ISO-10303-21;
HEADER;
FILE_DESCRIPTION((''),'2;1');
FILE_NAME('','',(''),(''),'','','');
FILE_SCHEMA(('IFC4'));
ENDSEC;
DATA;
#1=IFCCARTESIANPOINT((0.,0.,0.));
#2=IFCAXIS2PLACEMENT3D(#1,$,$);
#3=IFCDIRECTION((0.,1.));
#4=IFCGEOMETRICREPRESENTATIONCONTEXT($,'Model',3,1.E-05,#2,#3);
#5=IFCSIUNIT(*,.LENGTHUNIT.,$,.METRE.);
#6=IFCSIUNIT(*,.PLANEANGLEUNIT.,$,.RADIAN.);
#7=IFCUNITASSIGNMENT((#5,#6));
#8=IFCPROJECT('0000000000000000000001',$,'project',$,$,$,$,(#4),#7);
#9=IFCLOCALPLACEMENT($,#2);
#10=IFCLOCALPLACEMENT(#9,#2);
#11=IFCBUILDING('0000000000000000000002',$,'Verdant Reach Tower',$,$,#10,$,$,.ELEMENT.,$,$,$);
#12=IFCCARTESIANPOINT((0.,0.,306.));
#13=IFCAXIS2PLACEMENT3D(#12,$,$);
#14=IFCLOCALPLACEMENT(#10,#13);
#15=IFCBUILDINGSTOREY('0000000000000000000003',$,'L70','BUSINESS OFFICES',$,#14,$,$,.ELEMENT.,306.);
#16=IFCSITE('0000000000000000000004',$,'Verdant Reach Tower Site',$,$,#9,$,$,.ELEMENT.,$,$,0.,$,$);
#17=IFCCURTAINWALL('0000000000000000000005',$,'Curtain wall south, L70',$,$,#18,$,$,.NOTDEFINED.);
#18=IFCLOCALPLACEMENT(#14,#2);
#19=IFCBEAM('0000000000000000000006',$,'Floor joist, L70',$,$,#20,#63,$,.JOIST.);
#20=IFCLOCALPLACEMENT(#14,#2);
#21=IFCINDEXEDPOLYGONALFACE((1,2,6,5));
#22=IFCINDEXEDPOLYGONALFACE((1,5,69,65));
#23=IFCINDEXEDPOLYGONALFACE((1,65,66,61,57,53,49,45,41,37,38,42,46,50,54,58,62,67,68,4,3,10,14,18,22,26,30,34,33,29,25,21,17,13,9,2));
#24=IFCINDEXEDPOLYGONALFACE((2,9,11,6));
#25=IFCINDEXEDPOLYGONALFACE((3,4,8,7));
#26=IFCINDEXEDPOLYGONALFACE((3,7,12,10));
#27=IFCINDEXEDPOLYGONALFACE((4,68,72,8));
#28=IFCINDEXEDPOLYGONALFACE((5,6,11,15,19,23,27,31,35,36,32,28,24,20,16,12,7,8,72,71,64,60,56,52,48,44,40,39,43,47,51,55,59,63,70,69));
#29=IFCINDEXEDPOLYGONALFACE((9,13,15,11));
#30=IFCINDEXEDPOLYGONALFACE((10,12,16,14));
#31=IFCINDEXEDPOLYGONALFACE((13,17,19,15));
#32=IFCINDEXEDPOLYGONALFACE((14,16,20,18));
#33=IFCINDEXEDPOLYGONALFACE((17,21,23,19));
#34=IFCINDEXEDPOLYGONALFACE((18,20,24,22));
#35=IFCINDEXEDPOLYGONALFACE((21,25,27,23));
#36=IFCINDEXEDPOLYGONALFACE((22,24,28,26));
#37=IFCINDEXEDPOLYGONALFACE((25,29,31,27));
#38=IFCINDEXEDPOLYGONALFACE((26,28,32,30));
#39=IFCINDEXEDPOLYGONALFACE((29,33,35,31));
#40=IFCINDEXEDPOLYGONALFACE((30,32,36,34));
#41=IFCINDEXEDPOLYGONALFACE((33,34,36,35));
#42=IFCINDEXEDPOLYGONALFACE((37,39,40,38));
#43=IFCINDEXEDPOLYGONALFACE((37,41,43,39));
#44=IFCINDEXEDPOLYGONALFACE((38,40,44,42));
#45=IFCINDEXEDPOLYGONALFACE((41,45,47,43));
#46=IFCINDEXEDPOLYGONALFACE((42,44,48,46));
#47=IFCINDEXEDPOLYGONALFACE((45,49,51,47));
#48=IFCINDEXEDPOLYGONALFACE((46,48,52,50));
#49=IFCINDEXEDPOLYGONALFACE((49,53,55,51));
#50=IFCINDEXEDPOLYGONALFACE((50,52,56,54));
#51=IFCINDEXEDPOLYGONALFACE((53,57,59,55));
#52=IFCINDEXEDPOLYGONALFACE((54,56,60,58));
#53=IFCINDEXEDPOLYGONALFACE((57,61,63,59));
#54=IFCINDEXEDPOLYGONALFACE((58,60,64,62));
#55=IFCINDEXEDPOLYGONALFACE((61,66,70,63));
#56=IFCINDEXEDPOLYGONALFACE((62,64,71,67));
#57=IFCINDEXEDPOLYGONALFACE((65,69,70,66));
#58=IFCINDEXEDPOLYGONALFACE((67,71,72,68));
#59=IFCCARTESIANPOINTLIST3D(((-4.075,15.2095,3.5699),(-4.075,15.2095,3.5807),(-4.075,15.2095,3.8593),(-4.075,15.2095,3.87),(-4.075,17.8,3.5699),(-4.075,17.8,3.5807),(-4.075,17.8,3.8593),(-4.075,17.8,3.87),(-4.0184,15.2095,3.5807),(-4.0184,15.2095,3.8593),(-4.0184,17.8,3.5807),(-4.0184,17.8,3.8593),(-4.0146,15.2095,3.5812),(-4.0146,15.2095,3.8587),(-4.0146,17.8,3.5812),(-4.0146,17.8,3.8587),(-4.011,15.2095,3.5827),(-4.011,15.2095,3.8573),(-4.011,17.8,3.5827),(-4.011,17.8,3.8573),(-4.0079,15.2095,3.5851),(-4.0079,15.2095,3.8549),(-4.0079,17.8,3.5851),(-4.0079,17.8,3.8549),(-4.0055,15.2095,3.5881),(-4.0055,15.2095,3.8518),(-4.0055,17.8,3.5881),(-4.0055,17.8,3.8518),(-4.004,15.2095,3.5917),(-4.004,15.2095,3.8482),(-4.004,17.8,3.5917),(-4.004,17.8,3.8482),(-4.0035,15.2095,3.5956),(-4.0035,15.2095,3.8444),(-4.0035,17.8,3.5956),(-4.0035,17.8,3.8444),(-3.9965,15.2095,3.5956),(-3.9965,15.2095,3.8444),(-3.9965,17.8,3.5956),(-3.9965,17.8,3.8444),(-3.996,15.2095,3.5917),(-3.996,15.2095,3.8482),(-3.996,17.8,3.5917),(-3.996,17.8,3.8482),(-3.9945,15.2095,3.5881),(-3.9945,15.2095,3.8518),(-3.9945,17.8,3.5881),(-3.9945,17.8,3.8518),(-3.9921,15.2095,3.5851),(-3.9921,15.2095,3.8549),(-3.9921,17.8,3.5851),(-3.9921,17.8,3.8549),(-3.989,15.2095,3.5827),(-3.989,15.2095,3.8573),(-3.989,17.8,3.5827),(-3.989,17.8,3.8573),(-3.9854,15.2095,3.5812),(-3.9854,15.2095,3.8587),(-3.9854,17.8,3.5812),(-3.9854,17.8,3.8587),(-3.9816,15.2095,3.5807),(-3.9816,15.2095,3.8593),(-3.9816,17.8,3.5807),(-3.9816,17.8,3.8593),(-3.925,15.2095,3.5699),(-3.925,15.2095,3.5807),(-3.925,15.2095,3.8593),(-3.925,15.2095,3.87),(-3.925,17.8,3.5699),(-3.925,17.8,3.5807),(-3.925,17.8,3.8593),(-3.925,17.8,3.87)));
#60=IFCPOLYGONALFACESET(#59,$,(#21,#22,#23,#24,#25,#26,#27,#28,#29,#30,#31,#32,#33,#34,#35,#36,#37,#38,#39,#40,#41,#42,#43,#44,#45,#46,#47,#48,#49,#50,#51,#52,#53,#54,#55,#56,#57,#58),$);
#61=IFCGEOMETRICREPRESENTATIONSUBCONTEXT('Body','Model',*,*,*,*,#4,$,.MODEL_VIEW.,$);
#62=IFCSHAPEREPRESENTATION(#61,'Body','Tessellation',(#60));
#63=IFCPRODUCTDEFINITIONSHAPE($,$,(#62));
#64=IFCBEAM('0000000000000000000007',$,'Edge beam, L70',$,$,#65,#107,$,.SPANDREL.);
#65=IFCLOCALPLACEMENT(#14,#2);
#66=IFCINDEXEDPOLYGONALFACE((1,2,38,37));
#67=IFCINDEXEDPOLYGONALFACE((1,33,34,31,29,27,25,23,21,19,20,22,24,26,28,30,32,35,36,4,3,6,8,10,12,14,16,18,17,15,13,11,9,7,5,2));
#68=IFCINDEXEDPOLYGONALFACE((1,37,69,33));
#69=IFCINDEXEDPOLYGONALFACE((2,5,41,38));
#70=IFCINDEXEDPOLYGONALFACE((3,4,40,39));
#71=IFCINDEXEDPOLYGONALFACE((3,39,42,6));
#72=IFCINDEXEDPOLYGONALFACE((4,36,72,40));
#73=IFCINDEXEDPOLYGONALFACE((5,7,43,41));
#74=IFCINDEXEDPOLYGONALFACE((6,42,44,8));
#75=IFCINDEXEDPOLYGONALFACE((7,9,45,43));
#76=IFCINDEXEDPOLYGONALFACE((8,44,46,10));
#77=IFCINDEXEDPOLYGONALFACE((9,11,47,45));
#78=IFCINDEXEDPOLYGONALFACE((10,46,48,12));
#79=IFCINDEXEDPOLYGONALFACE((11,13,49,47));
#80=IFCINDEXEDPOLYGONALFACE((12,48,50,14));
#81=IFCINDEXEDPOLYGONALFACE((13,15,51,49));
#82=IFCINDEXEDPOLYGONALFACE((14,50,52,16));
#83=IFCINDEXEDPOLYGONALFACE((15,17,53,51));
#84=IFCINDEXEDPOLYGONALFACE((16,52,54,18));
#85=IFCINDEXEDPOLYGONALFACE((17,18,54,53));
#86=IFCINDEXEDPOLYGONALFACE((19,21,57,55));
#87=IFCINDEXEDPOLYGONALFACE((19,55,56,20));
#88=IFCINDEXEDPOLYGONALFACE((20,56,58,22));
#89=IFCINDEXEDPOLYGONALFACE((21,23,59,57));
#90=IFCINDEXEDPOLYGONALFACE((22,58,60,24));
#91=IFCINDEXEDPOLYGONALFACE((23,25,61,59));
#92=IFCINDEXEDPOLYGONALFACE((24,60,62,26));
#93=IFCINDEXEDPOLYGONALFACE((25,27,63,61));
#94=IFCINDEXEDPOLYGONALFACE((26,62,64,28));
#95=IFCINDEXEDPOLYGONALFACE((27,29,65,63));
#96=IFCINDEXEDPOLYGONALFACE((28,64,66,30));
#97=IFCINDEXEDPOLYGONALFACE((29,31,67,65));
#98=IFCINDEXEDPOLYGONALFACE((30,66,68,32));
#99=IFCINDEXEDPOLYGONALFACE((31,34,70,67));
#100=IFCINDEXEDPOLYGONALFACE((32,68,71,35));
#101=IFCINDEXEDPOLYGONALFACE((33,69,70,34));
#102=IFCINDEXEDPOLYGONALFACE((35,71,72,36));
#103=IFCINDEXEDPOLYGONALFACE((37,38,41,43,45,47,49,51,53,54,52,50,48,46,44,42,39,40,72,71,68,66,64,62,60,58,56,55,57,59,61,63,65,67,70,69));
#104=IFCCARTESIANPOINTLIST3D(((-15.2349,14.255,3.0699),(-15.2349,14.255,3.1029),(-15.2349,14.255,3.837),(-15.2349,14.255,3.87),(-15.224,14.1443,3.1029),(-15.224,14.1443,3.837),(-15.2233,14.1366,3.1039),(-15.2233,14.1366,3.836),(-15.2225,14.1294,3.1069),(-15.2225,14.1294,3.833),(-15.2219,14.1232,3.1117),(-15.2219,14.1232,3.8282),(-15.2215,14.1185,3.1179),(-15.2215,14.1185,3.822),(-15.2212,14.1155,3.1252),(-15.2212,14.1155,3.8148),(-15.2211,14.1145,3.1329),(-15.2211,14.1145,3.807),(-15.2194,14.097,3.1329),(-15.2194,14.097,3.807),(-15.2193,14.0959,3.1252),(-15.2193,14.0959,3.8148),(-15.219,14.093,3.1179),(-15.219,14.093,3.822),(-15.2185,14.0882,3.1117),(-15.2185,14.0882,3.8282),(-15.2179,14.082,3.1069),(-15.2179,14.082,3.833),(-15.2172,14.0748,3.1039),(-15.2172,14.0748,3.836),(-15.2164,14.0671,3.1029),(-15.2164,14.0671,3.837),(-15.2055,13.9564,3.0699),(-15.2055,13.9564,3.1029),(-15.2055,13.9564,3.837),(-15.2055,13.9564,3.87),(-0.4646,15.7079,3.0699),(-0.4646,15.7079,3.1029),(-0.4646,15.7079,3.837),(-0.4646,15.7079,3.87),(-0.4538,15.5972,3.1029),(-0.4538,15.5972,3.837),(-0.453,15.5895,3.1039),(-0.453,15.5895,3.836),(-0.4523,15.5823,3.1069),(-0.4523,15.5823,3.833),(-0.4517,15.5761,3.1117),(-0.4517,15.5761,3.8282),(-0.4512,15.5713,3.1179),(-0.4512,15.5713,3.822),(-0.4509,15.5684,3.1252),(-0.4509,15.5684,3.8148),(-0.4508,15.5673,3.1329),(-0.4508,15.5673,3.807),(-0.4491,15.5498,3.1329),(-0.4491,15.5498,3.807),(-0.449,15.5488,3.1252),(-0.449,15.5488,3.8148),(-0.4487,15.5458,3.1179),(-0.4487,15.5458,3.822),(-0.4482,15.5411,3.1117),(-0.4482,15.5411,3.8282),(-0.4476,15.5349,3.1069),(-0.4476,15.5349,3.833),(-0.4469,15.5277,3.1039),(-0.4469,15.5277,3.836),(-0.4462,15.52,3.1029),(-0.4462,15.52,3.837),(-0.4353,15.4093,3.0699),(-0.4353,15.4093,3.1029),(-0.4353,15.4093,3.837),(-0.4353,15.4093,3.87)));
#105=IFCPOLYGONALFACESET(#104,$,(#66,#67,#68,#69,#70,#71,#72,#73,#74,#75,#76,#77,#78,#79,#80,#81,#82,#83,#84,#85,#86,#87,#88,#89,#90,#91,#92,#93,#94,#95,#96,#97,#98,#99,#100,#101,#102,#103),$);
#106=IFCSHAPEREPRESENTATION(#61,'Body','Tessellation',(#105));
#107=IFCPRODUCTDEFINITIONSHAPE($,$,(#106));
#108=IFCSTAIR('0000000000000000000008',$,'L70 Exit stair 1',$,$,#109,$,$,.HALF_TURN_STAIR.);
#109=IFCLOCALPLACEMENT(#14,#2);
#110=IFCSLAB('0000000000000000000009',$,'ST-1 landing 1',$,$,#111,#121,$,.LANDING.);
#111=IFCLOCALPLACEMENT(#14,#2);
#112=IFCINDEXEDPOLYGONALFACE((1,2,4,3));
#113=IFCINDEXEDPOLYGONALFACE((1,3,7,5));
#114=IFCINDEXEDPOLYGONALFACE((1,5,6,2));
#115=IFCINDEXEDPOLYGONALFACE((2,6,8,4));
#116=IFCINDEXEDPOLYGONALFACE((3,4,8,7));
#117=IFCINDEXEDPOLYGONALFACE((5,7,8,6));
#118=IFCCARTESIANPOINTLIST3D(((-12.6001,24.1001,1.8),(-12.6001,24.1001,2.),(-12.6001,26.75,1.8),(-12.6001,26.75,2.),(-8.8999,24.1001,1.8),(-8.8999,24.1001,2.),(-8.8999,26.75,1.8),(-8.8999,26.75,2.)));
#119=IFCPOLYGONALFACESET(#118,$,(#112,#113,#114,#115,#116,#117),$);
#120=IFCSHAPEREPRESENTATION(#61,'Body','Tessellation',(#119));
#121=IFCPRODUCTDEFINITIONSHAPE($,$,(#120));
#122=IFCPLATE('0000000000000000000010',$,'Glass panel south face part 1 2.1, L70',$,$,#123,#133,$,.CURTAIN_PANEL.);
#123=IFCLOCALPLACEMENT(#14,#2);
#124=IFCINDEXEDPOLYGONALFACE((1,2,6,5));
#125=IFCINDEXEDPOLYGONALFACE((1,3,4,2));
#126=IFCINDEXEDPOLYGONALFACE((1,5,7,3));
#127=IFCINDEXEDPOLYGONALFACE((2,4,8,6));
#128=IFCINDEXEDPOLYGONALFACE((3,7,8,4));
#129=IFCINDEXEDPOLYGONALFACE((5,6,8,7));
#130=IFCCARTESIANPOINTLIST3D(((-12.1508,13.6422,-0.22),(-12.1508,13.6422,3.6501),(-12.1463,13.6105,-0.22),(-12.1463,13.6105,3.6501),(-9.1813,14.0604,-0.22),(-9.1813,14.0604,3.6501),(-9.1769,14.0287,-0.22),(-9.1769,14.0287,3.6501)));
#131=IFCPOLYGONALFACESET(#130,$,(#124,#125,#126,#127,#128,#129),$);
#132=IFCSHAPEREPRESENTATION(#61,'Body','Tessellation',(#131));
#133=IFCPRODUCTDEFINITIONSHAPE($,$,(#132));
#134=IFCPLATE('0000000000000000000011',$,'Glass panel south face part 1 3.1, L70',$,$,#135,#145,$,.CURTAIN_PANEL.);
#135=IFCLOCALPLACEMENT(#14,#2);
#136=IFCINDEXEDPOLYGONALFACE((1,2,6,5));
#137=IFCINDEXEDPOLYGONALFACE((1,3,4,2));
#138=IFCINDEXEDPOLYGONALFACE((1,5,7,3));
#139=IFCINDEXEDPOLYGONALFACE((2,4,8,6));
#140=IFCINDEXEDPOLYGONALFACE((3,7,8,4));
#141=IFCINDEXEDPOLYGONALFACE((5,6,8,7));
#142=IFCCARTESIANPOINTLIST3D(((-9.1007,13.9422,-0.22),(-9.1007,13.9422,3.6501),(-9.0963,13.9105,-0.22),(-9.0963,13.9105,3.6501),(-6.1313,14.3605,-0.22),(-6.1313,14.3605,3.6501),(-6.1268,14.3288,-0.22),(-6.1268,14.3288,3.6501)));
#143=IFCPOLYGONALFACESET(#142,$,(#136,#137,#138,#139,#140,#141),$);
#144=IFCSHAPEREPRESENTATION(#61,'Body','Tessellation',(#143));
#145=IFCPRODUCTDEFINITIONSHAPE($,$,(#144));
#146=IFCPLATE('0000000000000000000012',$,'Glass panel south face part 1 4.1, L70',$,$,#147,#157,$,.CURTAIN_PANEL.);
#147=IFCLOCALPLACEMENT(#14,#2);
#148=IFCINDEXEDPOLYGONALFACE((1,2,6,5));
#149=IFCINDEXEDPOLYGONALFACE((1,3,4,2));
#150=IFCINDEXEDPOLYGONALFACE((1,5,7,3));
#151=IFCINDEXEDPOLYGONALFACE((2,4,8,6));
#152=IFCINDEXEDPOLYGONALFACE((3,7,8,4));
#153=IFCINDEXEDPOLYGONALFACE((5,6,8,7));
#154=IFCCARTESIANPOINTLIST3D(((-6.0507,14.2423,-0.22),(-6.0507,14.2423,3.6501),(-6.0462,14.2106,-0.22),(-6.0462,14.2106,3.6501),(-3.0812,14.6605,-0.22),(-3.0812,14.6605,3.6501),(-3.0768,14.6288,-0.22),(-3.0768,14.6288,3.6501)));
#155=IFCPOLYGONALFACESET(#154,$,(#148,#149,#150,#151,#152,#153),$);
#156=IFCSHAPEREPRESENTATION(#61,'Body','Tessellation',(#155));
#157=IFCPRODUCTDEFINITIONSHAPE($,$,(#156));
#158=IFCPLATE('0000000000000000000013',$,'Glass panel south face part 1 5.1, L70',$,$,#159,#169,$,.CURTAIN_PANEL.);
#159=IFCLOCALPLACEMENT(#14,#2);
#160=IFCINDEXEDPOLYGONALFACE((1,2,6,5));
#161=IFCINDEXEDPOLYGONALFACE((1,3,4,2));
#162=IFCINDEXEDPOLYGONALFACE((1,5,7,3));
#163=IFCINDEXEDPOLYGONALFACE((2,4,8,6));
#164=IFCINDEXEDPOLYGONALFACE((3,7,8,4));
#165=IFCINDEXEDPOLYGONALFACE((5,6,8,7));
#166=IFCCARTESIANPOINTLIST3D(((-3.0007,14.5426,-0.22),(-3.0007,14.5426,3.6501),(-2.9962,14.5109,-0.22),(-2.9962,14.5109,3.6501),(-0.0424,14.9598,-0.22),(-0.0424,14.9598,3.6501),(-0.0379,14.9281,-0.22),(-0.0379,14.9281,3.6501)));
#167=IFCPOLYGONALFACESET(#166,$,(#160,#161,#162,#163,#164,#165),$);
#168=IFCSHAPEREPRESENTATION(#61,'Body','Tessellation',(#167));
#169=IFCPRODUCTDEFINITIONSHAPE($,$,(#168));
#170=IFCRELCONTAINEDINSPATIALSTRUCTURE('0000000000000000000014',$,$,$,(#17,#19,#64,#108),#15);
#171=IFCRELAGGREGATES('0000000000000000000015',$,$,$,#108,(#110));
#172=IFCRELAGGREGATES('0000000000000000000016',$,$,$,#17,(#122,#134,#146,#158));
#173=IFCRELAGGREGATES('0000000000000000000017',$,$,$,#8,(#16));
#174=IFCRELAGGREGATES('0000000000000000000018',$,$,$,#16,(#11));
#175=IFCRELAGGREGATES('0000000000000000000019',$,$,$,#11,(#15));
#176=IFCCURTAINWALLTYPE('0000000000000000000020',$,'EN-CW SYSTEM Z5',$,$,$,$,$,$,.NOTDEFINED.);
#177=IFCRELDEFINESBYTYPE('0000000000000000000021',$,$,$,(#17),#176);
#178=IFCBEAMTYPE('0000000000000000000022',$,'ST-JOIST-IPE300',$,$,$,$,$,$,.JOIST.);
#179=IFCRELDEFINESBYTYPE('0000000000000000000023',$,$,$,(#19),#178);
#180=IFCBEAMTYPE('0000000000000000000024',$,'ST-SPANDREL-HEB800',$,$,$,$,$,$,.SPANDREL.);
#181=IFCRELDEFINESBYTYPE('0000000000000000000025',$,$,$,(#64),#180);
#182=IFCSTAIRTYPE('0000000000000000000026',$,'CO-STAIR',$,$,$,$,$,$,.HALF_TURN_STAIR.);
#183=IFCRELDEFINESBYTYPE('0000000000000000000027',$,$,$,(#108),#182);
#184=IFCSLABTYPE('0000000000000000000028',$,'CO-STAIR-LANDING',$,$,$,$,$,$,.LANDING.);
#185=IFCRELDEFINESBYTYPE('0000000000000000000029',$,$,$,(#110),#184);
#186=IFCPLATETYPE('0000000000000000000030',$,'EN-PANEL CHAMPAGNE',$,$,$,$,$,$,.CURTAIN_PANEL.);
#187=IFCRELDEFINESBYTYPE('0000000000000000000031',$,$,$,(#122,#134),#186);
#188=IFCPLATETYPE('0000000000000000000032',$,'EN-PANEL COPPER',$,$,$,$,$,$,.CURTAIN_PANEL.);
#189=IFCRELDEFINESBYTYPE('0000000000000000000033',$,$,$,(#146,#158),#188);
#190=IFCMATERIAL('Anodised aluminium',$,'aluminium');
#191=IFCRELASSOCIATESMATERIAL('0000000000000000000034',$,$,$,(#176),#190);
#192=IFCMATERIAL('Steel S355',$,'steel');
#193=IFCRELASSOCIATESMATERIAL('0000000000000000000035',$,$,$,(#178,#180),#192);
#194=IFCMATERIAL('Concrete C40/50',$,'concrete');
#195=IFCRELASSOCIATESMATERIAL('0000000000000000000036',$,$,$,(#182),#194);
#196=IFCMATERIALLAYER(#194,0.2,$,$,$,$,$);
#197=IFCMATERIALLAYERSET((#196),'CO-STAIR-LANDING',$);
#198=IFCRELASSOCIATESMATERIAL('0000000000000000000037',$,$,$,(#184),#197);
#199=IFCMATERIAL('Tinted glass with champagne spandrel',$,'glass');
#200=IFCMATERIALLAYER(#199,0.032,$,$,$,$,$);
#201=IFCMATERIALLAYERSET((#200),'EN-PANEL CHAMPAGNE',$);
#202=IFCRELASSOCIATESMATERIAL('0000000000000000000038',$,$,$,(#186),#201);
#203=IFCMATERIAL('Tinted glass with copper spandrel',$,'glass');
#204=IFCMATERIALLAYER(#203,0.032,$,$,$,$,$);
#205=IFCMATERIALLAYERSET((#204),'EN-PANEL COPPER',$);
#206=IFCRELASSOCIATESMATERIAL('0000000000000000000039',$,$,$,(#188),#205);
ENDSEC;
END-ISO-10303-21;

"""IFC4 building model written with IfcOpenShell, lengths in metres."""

from ifc_helpers import new_model, si_unit, direction, frame, origin, origin_2d, place, context, subcontext, project, spatial, polyline, rectangle, i_section, outline, extrude, material, layer, layer_set, material_profile, profile_set, type_object, element, aggregate, save


model = new_model("IFC4")

# Units and contexts
model_context = context("Model", 3, precision=1e-05, world=origin(), true_north=direction((0.0, 1.0)))
body_context = subcontext(model_context, "Body", "Model", "MODEL_VIEW")
ifc_project = project(units=[si_unit("LENGTHUNIT", "METRE"), si_unit("PLANEANGLEUNIT", "RADIAN")], contexts=[model_context])

# Site, building, storey
site_placement = place(None, origin())
site = spatial("IfcSite", under=ifc_project, at=site_placement, Name="Verdant Reach Tower Site", CompositionType="ELEMENT", RefElevation=0.0)
building_placement = place(site_placement, origin())
building = spatial("IfcBuilding", under=site, at=building_placement, Name="Verdant Reach Tower", CompositionType="ELEMENT")
storey_placement = place(building_placement, frame((0.0, 0.0, 306.0)))
storey = spatial("IfcBuildingStorey", under=building, at=storey_placement, Name="L70", Description="BUSINESS OFFICES", CompositionType="ELEMENT", Elevation=306.0)

# Curtain wall
ifc_material_1 = material(Name="Anodised aluminium", Category="aluminium")
curtain_wall_type = type_object("IfcCurtainWallType", Name="EN-CW SYSTEM Z5", PredefinedType="NOTDEFINED", material=ifc_material_1)
curtain_wall_placement = place(storey_placement, origin())
curtain_wall = element("IfcCurtainWall", 1, at=curtain_wall_placement, inside=storey, type_object=curtain_wall_type, Name="Curtain wall south, L70", PredefinedType="NOTDEFINED")

# Beams
ifc_material_2 = material(Name="Steel S355", Category="steel")
ifc_material_profile_1 = material_profile(ifc_material_2, i_section(OverallWidth=0.1499, OverallDepth=0.3, WebThickness=0.0071, FlangeThickness=0.0107, FilletRadius=0.0149, at=origin_2d()), Name="IPE 300")
ifc_profile_set_1 = profile_set([ifc_material_profile_1], Name="Steel S355")
beam_type_1 = type_object("IfcBeamType", Name="ST-JOIST-IPE300", PredefinedType="JOIST", material=ifc_profile_set_1)
beam_1_placement = place(storey_placement, frame((-4.0, 17.8, 3.72), z_axis=(0.0, -1.0, 0.0), x_axis=(1.0, 0.0, 0.0)))
element("IfcBeam", 2, at=beam_1_placement, inside=storey, type_object=beam_type_1, Name="Floor joist, L70", PredefinedType="JOIST", context=body_context, shape_type="SweptSolid", body=[
    extrude(i_section(OverallWidth=0.1499, OverallDepth=0.3, WebThickness=0.0071, FlangeThickness=0.0107, FilletRadius=0.0149, at=origin_2d()), origin(), (0.0, 0.0, 1.0), 2.5906),
])
ifc_material_profile_2 = material_profile(ifc_material_2, i_section(OverallWidth=0.3, OverallDepth=0.8, WebThickness=0.0176, FlangeThickness=0.033, FilletRadius=0.03, at=origin_2d()), Name="HEB 800")
ifc_profile_set_2 = profile_set([ifc_material_profile_2], Name="Steel S355")
beam_type_2 = type_object("IfcBeamType", Name="ST-SPANDREL-HEB800", PredefinedType="SPANDREL", material=ifc_profile_set_2)
beam_2_placement = place(storey_placement, frame((-0.45, 15.5586, 3.47), z_axis=(-0.995197, -0.097893, 0.0), x_axis=(0.097893, -0.995197, 0.0)))
element("IfcBeam", 3, at=beam_2_placement, inside=storey, type_object=beam_type_2, Name="Edge beam, L70", PredefinedType="SPANDREL", context=body_context, shape_type="SweptSolid", body=[
    extrude(i_section(OverallWidth=0.3, OverallDepth=0.8, WebThickness=0.0176, FlangeThickness=0.033, FilletRadius=0.03, at=origin_2d()), origin(), (0.0, 0.0, 1.0), 14.8416),
])

# Stair, slab
ifc_material_3 = material(Name="Concrete C40/50", Category="concrete")
stair_type = type_object("IfcStairType", Name="CO-STAIR", PredefinedType="HALF_TURN_STAIR", material=ifc_material_3)
stair_placement = place(storey_placement, origin())
stair = element("IfcStair", 4, at=stair_placement, inside=storey, type_object=stair_type, Name="L70 Exit stair 1", PredefinedType="HALF_TURN_STAIR")
ifc_layer_1 = layer(ifc_material_3, 0.2)
ifc_layer_set_1 = layer_set([ifc_layer_1], Name="CO-STAIR-LANDING")
slab_type_1 = type_object("IfcSlabType", Name="CO-STAIR-LANDING", PredefinedType="LANDING", material=ifc_layer_set_1)
slab_1_placement = place(storey_placement, frame((0.0, 0.0, 1.8)))
slab_1 = element("IfcSlab", 5, at=slab_1_placement, type_object=slab_type_1, Name="ST-1 landing 1", PredefinedType="LANDING", context=body_context, shape_type="SweptSolid", body=[
    extrude(outline(polyline([(-12.6001, 26.75), (-12.6001, 24.1001), (-8.8999, 24.1001), (-8.8999, 26.75), (-12.6001, 26.75)])), origin(), (0.0, 0.0, 1.0), 0.2),
])
aggregate(stair, [slab_1])

# Plates
ifc_material_4 = material(Name="Tinted glass with champagne spandrel", Category="glass")
ifc_layer_2 = layer(ifc_material_4, 0.032)
ifc_layer_set_2 = layer_set([ifc_layer_2], Name="EN-PANEL CHAMPAGNE")
plate_type_1 = type_object("IfcPlateType", Name="EN-PANEL CHAMPAGNE", PredefinedType="CURTAIN_PANEL", material=ifc_layer_set_2)
plate_1_placement = place(storey_placement, frame((-10.6638, 13.8354, -0.22), z_axis=(0.0, 0.0, 1.0), x_axis=(0.990225, 0.139477, 0.0)))
plate_1 = element("IfcPlate", 6, at=plate_1_placement, type_object=plate_type_1, Name="Glass panel south face part 1 2.1, L70", PredefinedType="CURTAIN_PANEL", context=body_context, shape_type="SweptSolid", body=[
    extrude(rectangle(XDim=2.9988, YDim=0.032, at=origin_2d()), origin(), (0.0, 0.0, 1.0), 3.8701),
])
plate_2_placement = place(storey_placement, frame((-7.6138, 14.1355, -0.22), z_axis=(0.0, 0.0, 1.0), x_axis=(0.990225, 0.139477, 0.0)))
plate_2 = element("IfcPlate", 7, at=plate_2_placement, type_object=plate_type_1, Name="Glass panel south face part 1 3.1, L70", PredefinedType="CURTAIN_PANEL", context=body_context, shape_type="SweptSolid", body=[
    extrude(rectangle(XDim=2.9988, YDim=0.032, at=origin_2d()), origin(), (0.0, 0.0, 1.0), 3.8701),
])
ifc_material_5 = material(Name="Tinted glass with copper spandrel", Category="glass")
ifc_layer_3 = layer(ifc_material_5, 0.032)
ifc_layer_set_3 = layer_set([ifc_layer_3], Name="EN-PANEL COPPER")
plate_type_2 = type_object("IfcPlateType", Name="EN-PANEL COPPER", PredefinedType="CURTAIN_PANEL", material=ifc_layer_set_3)
plate_3_placement = place(storey_placement, frame((-4.5637, 14.4355, -0.22), z_axis=(0.0, 0.0, 1.0), x_axis=(0.990225, 0.139477, 0.0)))
plate_3 = element("IfcPlate", 8, at=plate_3_placement, type_object=plate_type_2, Name="Glass panel south face part 1 4.1, L70", PredefinedType="CURTAIN_PANEL", context=body_context, shape_type="SweptSolid", body=[
    extrude(rectangle(XDim=2.9988, YDim=0.032, at=origin_2d()), origin(), (0.0, 0.0, 1.0), 3.8701),
])
plate_4_placement = place(storey_placement, frame((-1.5193, 14.7354, -0.22), z_axis=(0.0, 0.0, 1.0), x_axis=(0.9902, 0.139656, 0.0)))
plate_4 = element("IfcPlate", 9, at=plate_4_placement, type_object=plate_type_2, Name="Glass panel south face part 1 5.1, L70", PredefinedType="CURTAIN_PANEL", context=body_context, shape_type="SweptSolid", body=[
    extrude(rectangle(XDim=2.9875, YDim=0.032, at=origin_2d()), origin(), (0.0, 0.0, 1.0), 3.8701),
])
aggregate(curtain_wall, [plate_1, plate_2, plate_3, plate_4])

save(model, "model.ifc")
